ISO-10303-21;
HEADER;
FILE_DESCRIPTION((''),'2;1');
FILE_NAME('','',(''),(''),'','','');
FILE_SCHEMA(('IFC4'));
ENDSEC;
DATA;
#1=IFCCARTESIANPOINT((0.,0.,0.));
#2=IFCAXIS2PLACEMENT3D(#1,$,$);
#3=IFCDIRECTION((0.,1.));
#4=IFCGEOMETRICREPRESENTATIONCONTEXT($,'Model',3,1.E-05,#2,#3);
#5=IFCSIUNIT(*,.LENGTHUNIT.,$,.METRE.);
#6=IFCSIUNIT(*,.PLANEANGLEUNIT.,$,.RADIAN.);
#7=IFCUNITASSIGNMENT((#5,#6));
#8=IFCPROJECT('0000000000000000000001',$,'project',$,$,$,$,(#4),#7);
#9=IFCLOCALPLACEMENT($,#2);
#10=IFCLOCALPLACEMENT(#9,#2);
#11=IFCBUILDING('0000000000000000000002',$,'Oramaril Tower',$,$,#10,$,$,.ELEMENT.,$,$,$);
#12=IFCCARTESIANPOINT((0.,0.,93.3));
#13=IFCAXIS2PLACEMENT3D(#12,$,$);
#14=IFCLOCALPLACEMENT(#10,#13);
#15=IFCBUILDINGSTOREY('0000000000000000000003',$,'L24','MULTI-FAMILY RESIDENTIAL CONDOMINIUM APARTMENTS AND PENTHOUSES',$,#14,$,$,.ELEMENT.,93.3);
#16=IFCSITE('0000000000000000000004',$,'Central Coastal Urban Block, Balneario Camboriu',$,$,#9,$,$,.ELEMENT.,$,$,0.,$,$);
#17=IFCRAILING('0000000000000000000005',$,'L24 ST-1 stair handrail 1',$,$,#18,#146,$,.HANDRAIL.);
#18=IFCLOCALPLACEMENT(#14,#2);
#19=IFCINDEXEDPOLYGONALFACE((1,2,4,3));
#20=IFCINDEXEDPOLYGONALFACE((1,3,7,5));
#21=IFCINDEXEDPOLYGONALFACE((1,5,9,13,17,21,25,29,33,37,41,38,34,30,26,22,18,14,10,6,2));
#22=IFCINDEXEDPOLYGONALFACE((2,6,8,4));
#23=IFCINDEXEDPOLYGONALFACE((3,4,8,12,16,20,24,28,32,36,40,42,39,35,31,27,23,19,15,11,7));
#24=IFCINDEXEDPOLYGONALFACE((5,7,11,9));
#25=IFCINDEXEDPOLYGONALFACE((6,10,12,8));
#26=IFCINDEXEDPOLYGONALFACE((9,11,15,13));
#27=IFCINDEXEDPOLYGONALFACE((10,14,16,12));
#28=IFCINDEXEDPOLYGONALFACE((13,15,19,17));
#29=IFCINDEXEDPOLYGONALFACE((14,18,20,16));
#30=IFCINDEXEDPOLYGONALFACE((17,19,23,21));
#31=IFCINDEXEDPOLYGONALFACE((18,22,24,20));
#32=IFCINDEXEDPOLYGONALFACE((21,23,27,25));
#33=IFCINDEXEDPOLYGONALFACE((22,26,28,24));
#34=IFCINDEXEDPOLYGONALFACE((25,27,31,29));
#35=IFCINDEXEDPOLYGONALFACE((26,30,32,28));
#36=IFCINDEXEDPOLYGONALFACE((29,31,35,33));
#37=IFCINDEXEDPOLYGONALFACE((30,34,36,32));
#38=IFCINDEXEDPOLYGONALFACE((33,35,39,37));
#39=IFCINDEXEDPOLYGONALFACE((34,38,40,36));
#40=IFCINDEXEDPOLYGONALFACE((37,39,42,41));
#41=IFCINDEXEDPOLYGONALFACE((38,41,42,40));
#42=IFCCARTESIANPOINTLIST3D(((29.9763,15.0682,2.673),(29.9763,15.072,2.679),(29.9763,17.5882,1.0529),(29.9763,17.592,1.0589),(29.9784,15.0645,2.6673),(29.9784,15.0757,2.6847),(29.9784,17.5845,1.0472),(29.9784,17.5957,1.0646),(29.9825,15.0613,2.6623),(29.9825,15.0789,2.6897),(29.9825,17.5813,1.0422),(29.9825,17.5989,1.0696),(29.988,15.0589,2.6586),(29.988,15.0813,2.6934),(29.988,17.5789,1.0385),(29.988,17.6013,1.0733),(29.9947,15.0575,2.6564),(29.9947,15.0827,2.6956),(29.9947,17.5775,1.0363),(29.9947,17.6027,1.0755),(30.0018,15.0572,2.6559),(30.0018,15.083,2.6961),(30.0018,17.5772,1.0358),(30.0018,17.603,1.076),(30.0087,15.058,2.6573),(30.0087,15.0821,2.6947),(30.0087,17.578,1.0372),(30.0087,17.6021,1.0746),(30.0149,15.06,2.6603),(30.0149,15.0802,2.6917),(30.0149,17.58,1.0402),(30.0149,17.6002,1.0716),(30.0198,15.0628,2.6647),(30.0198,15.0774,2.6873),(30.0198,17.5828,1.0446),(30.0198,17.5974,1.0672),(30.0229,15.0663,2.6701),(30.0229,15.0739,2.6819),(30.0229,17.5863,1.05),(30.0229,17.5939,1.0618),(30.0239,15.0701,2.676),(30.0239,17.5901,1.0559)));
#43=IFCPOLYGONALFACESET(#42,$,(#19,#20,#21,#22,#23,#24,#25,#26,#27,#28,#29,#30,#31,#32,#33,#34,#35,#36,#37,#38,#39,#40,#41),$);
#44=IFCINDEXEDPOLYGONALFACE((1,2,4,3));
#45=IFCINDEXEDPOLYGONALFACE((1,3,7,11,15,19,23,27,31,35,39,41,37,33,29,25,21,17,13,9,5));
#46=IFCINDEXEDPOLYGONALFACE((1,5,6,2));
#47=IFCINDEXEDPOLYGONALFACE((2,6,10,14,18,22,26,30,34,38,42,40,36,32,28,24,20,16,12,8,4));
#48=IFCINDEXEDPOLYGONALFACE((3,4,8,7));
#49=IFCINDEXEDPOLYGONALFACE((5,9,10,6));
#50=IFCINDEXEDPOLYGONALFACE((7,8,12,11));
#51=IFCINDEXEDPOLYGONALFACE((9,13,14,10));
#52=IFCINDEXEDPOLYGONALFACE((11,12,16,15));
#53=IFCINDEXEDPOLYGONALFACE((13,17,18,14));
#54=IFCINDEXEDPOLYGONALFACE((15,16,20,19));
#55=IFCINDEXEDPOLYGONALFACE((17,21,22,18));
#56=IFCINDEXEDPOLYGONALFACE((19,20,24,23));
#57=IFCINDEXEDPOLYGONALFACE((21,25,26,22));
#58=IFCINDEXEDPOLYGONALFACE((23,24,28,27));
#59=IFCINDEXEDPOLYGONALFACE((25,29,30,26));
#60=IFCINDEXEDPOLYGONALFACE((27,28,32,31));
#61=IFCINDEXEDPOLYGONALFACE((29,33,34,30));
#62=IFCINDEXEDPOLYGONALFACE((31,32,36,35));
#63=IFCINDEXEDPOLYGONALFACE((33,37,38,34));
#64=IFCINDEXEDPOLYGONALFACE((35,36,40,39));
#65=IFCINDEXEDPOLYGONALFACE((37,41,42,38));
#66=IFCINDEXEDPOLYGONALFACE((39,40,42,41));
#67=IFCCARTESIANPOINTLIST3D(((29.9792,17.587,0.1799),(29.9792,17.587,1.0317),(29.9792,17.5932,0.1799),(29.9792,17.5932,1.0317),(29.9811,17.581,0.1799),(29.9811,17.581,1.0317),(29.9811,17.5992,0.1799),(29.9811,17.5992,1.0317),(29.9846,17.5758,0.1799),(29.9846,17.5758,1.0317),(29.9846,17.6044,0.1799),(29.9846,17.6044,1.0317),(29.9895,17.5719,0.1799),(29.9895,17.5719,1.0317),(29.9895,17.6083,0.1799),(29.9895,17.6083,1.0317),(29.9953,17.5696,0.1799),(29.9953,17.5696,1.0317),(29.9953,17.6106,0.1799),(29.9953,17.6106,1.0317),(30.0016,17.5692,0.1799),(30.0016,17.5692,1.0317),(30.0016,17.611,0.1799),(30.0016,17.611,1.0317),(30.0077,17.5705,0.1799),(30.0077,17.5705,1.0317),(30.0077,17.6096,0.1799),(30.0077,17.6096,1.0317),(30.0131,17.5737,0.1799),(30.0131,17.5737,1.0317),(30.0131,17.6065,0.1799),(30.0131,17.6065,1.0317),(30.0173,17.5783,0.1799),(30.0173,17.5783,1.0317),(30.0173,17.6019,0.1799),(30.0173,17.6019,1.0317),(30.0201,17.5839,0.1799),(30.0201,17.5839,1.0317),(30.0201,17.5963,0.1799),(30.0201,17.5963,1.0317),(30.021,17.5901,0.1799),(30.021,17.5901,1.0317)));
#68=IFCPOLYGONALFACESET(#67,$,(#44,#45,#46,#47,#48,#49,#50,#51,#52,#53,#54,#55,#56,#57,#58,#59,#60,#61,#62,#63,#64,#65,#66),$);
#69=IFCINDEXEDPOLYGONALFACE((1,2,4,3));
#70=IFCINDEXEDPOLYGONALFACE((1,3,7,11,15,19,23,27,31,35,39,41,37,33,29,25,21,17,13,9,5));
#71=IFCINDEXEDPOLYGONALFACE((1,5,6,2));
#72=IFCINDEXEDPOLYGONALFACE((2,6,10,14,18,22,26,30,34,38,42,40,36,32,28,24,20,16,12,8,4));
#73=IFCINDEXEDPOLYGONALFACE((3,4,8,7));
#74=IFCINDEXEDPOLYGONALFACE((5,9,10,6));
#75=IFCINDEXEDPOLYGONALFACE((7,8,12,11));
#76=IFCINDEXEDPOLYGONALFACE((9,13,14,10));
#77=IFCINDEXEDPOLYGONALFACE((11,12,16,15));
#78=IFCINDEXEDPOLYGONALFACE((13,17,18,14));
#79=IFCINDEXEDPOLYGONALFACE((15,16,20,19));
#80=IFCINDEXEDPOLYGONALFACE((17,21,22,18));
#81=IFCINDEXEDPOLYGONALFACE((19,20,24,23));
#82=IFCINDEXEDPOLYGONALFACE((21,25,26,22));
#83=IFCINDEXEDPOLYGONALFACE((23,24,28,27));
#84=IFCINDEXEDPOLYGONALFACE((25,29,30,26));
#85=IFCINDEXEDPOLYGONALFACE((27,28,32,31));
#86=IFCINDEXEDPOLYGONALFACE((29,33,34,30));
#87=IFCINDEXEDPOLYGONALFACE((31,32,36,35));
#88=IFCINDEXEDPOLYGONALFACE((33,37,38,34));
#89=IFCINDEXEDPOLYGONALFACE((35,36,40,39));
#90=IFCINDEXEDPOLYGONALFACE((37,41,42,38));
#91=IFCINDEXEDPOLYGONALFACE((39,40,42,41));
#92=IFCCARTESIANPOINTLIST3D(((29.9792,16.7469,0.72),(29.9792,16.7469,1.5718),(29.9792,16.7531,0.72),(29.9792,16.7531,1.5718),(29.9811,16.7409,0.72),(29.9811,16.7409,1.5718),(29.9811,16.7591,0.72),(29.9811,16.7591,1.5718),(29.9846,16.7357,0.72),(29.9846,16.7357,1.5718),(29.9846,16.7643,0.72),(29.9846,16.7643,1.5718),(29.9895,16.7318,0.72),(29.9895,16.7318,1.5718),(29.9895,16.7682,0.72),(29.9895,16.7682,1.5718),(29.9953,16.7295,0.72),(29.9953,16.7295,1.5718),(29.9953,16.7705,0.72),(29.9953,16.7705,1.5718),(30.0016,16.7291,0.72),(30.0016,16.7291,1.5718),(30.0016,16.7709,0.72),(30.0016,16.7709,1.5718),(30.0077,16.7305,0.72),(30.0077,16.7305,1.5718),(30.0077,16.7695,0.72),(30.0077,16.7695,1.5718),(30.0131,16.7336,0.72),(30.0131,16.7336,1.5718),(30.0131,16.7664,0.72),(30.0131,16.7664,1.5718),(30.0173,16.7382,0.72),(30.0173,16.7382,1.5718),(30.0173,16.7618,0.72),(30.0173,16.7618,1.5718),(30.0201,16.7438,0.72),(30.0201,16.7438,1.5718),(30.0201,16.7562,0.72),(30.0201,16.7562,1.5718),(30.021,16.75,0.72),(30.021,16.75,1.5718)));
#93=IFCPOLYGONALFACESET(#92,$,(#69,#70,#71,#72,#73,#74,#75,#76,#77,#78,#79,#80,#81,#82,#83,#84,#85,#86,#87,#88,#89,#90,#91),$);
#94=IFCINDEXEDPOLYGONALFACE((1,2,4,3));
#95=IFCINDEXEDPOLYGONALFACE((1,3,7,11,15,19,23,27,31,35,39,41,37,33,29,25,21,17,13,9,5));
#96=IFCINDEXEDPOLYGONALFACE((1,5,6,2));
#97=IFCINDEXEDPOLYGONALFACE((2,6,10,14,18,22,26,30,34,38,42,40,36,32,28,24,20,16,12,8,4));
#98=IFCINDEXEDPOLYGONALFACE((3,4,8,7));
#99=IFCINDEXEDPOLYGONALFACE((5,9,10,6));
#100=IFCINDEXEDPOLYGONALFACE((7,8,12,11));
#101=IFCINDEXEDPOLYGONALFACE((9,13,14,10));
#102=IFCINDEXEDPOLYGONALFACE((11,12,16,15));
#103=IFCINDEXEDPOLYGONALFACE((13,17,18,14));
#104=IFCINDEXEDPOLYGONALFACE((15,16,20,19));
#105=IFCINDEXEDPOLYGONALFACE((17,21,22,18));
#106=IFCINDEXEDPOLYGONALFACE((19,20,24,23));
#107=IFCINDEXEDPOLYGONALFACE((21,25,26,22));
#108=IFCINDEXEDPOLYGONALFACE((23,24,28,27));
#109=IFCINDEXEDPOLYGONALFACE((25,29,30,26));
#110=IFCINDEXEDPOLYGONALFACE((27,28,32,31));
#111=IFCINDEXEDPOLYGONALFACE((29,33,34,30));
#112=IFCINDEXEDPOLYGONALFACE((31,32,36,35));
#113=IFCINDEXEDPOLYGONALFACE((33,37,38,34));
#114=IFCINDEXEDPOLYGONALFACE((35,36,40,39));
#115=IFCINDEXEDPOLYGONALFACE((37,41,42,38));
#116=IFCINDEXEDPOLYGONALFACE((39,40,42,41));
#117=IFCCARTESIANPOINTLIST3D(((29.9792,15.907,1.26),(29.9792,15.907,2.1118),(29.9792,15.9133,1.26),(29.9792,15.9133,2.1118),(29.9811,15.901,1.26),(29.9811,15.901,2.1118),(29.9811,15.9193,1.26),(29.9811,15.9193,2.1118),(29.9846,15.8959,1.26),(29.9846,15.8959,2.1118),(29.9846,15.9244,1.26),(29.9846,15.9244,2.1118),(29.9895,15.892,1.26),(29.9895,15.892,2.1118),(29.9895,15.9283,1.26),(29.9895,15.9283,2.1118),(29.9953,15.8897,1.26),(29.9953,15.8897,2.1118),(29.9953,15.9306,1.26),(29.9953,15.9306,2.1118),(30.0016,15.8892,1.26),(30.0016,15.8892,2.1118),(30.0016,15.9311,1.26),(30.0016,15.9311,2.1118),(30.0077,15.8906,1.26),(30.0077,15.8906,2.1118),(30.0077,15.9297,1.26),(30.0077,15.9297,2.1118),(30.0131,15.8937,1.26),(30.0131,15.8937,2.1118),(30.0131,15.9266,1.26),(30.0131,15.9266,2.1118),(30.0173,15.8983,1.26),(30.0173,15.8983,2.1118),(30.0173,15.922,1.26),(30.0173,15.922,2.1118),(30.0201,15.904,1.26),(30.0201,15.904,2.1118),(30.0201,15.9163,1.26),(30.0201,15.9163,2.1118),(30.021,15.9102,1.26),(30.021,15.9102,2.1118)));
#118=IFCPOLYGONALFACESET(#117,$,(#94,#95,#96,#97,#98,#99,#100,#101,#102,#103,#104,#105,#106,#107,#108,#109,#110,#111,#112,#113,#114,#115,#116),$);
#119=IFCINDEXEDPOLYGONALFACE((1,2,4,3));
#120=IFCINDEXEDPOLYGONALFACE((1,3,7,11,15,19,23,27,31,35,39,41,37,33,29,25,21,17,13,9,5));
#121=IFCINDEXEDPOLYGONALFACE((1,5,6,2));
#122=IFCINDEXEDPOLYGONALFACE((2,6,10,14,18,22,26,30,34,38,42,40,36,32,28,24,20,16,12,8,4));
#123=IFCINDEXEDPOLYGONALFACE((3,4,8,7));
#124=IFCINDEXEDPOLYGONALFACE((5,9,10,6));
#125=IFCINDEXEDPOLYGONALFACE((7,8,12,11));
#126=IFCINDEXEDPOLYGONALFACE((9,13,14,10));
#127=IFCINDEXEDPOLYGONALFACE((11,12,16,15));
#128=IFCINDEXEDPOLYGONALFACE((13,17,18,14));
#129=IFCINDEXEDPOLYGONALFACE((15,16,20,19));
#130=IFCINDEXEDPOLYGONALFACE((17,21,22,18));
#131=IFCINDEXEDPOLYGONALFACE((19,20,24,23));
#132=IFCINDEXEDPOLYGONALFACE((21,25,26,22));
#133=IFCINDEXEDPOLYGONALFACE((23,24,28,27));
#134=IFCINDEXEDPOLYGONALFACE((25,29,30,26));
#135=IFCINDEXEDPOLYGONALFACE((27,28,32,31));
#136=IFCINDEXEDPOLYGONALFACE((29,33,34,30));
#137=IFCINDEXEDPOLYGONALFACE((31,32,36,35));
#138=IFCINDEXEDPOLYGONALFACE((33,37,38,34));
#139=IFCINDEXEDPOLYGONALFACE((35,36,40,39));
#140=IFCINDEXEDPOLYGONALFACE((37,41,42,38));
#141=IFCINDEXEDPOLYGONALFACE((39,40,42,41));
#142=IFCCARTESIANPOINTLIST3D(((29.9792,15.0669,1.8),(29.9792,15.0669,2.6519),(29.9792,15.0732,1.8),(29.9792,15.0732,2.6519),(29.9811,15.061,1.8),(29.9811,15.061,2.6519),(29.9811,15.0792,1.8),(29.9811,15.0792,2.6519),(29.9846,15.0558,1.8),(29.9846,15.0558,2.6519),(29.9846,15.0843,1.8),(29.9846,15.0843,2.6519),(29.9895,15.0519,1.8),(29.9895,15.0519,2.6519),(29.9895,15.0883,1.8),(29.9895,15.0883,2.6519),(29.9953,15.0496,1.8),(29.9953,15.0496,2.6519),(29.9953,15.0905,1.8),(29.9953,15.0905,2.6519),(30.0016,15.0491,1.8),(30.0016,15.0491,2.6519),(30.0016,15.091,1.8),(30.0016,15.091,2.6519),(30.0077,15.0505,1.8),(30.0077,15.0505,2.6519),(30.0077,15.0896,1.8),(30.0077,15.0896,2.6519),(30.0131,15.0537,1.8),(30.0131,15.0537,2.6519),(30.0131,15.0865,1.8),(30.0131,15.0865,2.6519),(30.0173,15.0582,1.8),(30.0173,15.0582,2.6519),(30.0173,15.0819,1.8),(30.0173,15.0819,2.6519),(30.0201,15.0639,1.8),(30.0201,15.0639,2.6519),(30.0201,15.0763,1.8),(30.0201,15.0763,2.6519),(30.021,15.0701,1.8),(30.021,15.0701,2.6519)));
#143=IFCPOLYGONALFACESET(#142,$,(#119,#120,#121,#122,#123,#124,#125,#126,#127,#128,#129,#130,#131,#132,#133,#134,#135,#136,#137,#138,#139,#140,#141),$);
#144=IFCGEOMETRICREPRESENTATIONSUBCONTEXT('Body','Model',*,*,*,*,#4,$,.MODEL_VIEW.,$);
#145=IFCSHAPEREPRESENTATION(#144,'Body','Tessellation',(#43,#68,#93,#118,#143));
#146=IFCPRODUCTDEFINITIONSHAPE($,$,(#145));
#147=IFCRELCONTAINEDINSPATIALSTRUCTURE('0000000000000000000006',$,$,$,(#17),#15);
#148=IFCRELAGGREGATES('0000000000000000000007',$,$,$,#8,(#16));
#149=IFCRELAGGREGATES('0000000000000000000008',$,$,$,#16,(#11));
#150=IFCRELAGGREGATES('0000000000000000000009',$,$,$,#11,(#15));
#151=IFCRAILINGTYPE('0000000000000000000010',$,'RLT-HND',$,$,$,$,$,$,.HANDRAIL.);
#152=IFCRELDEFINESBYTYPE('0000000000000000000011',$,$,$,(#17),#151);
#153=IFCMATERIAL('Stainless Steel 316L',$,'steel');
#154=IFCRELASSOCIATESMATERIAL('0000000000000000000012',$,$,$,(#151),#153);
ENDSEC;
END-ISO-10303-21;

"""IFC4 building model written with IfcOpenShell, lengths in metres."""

from ifc_helpers import new_model, si_unit, direction, frame, origin, origin_2d, place, context, subcontext, project, spatial, circle, extrude, material, type_object, element, save


model = new_model("IFC4")

# Units and contexts
model_context = context("Model", 3, precision=1e-05, world=origin(), true_north=direction((0.0, 1.0)))
body_context = subcontext(model_context, "Body", "Model", "MODEL_VIEW")
ifc_project = project(units=[si_unit("LENGTHUNIT", "METRE"), si_unit("PLANEANGLEUNIT", "RADIAN")], contexts=[model_context])

# Site, building, storey
site_placement = place(None, origin())
site = spatial("IfcSite", under=ifc_project, at=site_placement, Name="Central Coastal Urban Block, Balneario Camboriu", CompositionType="ELEMENT", RefElevation=0.0)
building_placement = place(site_placement, origin())
building = spatial("IfcBuilding", under=site, at=building_placement, Name="Oramaril Tower", CompositionType="ELEMENT")
storey_placement = place(building_placement, frame((0.0, 0.0, 93.3)))
storey = spatial("IfcBuildingStorey", under=building, at=storey_placement, Name="L24", Description="MULTI-FAMILY RESIDENTIAL CONDOMINIUM APARTMENTS AND PENTHOUSES", CompositionType="ELEMENT", Elevation=93.3)

# Railing
ifc_material_1 = material(Name="Stainless Steel 316L", Category="steel")
railing_type_1 = type_object("IfcRailingType", Name="RLT-HND", PredefinedType="HANDRAIL", material=ifc_material_1)
railing_1_placement = place(storey_placement, frame((30.0, 17.5901, 0.1799)))
element("IfcRailing", 1, at=railing_1_placement, inside=storey, type_object=railing_type_1, Name="L24 ST-1 stair handrail 1", PredefinedType="HANDRAIL", context=body_context, shape_type="SweptSolid", body=[
    extrude(circle(Radius=0.0239, at=origin_2d()), frame((0.0, 0.0, 0.876), z_axis=(0.0, -0.841163, 0.540782), x_axis=(1.0, 0.0, 0.0)), (0.0, 0.0, 1.0), 2.9958),
    extrude(circle(Radius=0.021, at=origin_2d()), origin(), (0.0, 0.0, 1.0), 0.8518),
    extrude(circle(Radius=0.021, at=origin_2d()), frame((0.0, -0.8401, 0.54)), (0.0, 0.0, 1.0), 0.8518),
    extrude(circle(Radius=0.021, at=origin_2d()), frame((0.0, -1.6799, 1.0801)), (0.0, 0.0, 1.0), 0.8518),
    extrude(circle(Radius=0.021, at=origin_2d()), frame((0.0, -2.52, 1.6201)), (0.0, 0.0, 1.0), 0.8518),
])

save(model, "model.ifc")
